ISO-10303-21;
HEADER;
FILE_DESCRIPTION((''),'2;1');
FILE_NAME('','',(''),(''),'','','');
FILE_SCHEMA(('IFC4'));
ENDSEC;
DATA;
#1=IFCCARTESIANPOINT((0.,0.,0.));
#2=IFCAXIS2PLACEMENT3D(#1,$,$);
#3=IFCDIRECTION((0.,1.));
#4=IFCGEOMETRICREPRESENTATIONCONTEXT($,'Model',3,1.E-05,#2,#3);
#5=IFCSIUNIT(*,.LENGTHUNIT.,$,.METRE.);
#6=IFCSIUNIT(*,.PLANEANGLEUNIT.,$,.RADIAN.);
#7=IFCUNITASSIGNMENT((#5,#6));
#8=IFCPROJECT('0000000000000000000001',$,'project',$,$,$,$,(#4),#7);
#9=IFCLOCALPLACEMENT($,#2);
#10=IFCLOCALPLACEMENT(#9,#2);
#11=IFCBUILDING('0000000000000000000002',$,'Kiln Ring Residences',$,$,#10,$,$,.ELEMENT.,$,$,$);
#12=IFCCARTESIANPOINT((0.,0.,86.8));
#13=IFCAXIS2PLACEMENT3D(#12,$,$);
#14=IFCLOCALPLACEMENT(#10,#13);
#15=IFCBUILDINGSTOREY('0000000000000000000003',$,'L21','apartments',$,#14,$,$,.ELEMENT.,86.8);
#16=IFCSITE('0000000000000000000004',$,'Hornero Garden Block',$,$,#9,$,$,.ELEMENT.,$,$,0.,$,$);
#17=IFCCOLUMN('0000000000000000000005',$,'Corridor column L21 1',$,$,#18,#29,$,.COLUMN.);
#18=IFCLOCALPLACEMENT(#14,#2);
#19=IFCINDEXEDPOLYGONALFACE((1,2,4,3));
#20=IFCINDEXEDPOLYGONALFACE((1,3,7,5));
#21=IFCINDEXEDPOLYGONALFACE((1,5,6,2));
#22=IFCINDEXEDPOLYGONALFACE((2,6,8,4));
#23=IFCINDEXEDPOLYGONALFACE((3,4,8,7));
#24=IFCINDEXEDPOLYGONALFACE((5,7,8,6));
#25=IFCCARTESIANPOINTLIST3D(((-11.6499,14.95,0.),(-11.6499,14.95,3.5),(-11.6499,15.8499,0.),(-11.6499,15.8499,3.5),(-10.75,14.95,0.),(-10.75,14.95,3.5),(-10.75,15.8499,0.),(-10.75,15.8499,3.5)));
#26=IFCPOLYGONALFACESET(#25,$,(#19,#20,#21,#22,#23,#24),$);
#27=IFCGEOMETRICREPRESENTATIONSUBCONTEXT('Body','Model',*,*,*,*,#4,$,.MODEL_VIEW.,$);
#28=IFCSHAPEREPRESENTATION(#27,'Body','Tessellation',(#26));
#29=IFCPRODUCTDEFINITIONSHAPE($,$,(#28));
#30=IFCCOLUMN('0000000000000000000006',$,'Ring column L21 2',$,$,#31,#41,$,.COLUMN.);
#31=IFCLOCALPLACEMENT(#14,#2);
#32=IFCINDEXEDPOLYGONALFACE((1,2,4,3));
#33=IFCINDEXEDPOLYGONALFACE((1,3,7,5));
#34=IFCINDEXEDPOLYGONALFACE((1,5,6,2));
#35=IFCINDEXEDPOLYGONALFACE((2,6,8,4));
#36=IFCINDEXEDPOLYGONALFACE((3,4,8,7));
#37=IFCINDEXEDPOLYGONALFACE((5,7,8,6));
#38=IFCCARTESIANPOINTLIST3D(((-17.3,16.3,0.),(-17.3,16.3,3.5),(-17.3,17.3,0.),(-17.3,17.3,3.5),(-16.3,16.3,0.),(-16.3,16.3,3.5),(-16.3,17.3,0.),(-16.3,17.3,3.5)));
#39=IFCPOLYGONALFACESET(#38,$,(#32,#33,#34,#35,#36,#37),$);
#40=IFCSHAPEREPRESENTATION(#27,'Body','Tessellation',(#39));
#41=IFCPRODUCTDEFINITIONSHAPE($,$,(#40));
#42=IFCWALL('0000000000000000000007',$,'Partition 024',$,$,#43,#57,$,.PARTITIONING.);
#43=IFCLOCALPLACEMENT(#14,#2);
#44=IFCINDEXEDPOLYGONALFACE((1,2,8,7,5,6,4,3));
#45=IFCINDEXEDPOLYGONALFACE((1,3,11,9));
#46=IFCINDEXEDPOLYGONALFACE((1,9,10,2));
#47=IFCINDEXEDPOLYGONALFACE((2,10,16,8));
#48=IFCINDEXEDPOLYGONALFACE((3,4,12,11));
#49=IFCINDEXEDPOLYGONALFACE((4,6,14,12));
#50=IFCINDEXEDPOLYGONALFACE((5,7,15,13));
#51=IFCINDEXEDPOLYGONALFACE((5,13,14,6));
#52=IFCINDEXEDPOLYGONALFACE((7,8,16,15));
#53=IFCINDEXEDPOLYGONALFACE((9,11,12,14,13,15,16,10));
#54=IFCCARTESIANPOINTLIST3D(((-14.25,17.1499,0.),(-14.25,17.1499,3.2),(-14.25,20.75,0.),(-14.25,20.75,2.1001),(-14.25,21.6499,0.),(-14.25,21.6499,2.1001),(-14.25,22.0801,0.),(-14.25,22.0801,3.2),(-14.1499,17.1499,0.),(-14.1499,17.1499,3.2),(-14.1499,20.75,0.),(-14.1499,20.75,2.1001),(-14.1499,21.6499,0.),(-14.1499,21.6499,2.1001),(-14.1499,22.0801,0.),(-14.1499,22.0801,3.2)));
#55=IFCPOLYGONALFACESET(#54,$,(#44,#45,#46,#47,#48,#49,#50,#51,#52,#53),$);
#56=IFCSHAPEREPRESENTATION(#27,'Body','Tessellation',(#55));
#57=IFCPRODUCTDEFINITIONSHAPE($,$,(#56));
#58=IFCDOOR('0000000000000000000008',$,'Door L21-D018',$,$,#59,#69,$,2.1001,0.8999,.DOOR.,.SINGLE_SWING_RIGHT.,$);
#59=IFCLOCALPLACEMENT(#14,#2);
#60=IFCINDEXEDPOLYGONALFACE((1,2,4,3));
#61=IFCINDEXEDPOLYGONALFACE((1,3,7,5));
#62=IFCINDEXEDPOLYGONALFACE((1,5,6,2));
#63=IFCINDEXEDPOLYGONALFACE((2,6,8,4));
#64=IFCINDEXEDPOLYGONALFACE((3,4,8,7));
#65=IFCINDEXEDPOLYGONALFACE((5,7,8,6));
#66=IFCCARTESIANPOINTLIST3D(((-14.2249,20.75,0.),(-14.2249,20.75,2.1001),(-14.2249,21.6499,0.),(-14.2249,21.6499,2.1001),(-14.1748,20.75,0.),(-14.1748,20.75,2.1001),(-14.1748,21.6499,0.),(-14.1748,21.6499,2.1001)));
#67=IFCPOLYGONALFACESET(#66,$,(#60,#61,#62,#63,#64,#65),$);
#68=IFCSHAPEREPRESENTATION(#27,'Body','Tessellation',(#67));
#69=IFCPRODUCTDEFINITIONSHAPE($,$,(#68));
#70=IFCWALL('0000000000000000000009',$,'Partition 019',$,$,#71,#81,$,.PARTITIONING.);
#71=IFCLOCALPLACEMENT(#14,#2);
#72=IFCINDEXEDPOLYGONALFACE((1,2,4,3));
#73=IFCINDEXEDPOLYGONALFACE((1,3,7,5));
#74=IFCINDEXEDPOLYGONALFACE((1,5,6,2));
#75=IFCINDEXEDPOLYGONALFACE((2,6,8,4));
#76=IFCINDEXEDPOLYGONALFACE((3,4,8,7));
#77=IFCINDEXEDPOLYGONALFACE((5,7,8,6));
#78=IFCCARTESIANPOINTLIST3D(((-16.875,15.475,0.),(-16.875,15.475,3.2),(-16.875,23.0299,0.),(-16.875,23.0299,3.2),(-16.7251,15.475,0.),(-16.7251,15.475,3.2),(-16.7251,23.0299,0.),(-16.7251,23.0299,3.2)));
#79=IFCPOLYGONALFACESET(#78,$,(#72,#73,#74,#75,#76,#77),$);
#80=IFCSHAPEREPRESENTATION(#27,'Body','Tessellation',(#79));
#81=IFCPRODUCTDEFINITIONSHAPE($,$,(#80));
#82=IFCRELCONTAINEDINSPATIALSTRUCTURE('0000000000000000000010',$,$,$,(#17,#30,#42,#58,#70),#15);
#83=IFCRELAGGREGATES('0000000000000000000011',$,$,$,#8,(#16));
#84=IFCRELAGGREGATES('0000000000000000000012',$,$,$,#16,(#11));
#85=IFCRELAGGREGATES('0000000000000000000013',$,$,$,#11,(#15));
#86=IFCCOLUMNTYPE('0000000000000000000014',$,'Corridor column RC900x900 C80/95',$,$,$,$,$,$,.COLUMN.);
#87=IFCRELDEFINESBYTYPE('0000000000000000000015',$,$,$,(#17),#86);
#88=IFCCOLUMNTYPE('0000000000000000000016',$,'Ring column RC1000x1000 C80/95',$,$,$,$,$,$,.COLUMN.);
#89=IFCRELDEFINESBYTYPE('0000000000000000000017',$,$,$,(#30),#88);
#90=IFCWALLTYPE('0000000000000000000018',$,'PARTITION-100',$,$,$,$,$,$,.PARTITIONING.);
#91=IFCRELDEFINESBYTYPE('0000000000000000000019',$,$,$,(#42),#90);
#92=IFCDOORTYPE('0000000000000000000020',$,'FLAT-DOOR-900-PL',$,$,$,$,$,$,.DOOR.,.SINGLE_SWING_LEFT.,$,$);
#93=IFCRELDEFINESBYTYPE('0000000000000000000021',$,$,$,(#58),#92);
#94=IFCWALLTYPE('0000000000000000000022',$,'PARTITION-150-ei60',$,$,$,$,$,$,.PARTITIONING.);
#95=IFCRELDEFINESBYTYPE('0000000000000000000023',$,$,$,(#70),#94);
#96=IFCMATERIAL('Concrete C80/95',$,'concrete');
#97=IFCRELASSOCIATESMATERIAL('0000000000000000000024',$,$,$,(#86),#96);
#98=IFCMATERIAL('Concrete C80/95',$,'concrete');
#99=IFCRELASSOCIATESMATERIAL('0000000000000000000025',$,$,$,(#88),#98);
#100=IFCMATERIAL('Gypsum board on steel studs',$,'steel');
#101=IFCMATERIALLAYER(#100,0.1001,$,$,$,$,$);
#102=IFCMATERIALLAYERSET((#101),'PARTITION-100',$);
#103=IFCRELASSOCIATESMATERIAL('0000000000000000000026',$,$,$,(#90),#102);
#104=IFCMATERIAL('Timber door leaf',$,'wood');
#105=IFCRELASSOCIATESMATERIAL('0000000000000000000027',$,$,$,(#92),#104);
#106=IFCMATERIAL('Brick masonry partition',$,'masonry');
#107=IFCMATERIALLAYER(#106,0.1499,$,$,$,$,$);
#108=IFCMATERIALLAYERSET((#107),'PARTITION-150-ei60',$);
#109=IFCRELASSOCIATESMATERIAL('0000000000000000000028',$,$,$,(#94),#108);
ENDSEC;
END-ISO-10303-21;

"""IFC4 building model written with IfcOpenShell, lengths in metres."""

from ifc_helpers import new_model, si_unit, direction, frame, frame_2d, origin, origin_2d, place, context, subcontext, project, spatial, rectangle, extrude, material, layer, layer_set, material_profile, profile_set, type_object, element, fill, save


model = new_model("IFC4")

# Units and contexts
model_context = context("Model", 3, precision=1e-05, world=origin(), true_north=direction((0.0, 1.0)))
body_context = subcontext(model_context, "Body", "Model", "MODEL_VIEW")
ifc_project = project(units=[si_unit("LENGTHUNIT", "METRE"), si_unit("PLANEANGLEUNIT", "RADIAN")], contexts=[model_context])

# Site, building, storey
site_placement = place(None, origin())
site = spatial("IfcSite", under=ifc_project, at=site_placement, Name="Hornero Garden Block", CompositionType="ELEMENT", RefElevation=0.0)
building_placement = place(site_placement, origin())
building = spatial("IfcBuilding", under=site, at=building_placement, Name="Kiln Ring Residences", CompositionType="ELEMENT")
storey_placement = place(building_placement, frame((0.0, 0.0, 86.8)))
storey = spatial("IfcBuildingStorey", under=building, at=storey_placement, Name="L21", Description="apartments", CompositionType="ELEMENT", Elevation=86.8)

# Columns
ifc_material_1 = material(Name="Concrete C80/95", Category="concrete")
ifc_material_profile_1 = material_profile(ifc_material_1, rectangle(XDim=0.8999, YDim=0.8999, at=origin_2d()), Name="RC900x900")
ifc_profile_set_1 = profile_set([ifc_material_profile_1], Name="Concrete C80/95")
column_type_1 = type_object("IfcColumnType", Name="Corridor column RC900x900 C80/95", PredefinedType="COLUMN", material=ifc_profile_set_1)
column_1_placement = place(storey_placement, frame((-11.2, 15.3999, 0.0), z_axis=(0.0, 0.0, 1.0), x_axis=(1.0, 0.0, 0.0)))
element("IfcColumn", 1, at=column_1_placement, inside=storey, type_object=column_type_1, Name="Corridor column L21 1", PredefinedType="COLUMN", context=body_context, shape_type="SweptSolid", body=[
    extrude(rectangle(XDim=0.8999, YDim=0.8999, at=origin_2d()), origin(), (0.0, 0.0, 1.0), 3.5),
])
ifc_material_2 = material(Name="Concrete C80/95", Category="concrete")
ifc_material_profile_2 = material_profile(ifc_material_2, rectangle(XDim=1.0, YDim=1.0, at=origin_2d()), Name="RC1000x1000")
ifc_profile_set_2 = profile_set([ifc_material_profile_2], Name="Concrete C80/95")
column_type_2 = type_object("IfcColumnType", Name="Ring column RC1000x1000 C80/95", PredefinedType="COLUMN", material=ifc_profile_set_2)
column_2_placement = place(storey_placement, frame((-16.8, 16.8, 0.0), z_axis=(0.0, 0.0, 1.0), x_axis=(1.0, 0.0, 0.0)))
element("IfcColumn", 2, at=column_2_placement, inside=storey, type_object=column_type_2, Name="Ring column L21 2", PredefinedType="COLUMN", context=body_context, shape_type="SweptSolid", body=[
    extrude(rectangle(XDim=1.0, YDim=1.0, at=origin_2d()), origin(), (0.0, 0.0, 1.0), 3.5),
])

# Shared definitions
ifc_material_3 = material(Name="Gypsum board on steel studs", Category="steel")
ifc_layer_1 = layer(ifc_material_3, 0.1001)
ifc_layer_set_1 = layer_set([ifc_layer_1], Name="PARTITION-100")
wall_type_1 = type_object("IfcWallType", Name="PARTITION-100", PredefinedType="PARTITIONING", material=ifc_layer_set_1)
ifc_material_4 = material(Name="Timber door leaf", Category="wood")
door_type_1 = type_object("IfcDoorType", Name="FLAT-DOOR-900-PL", OperationType="SINGLE_SWING_LEFT", PredefinedType="DOOR", material=ifc_material_4)

# Wall, opening, door
wall_1_placement = place(storey_placement, frame((-14.2, 17.1499, 0.0), z_axis=(0.0, 0.0, 1.0), x_axis=(0.0, 1.0, 0.0)))
wall_1 = element("IfcWall", 3, at=wall_1_placement, inside=storey, type_object=wall_type_1, Name="Partition 024", PredefinedType="PARTITIONING", context=body_context, shape_type="SweptSolid", body=[
    extrude(rectangle(XDim=4.9302, YDim=0.1001, at=frame_2d((2.4651, 0.0))), origin(), (0.0, 0.0, 1.0), 3.2),
])
opening_1_placement = place(wall_1_placement, frame((3.6001, 0.0, 0.0)))
opening_1 = element("IfcOpeningElement", 4, at=opening_1_placement, cuts=wall_1, PredefinedType="OPENING", context=body_context, shape_type="SweptSolid", body=[
    extrude(rectangle(XDim=0.8999, YDim=2.1001, at=frame_2d((0.45, 1.05))), frame((0.0, 0.0601, 0.0), z_axis=(0.0, -1.0, 0.0), x_axis=(1.0, 0.0, 0.0)), (0.0, 0.0, 1.0), 0.1201),
])
door_1_placement = place(opening_1_placement, origin())
door_1 = element("IfcDoor", 5, at=door_1_placement, inside=storey, type_object=door_type_1, Name="Door L21-D018", OperationType="SINGLE_SWING_RIGHT", OverallHeight=2.1001, OverallWidth=0.8999, PredefinedType="DOOR", context=body_context, shape_type="SweptSolid", body=[
    extrude(rectangle(XDim=0.8999, YDim=2.1001, at=frame_2d((0.45, 1.05))), frame((0.0, 0.0249, 0.0), z_axis=(0.0, -1.0, 0.0), x_axis=(1.0, 0.0, 0.0)), (0.0, 0.0, 1.0), 0.05),
])
fill(opening_1, door_1)

# Wall
ifc_material_5 = material(Name="Brick masonry partition", Category="masonry")
ifc_layer_2 = layer(ifc_material_5, 0.1499)
ifc_layer_set_2 = layer_set([ifc_layer_2], Name="PARTITION-150-ei60")
wall_type_2 = type_object("IfcWallType", Name="PARTITION-150-ei60", PredefinedType="PARTITIONING", material=ifc_layer_set_2)
wall_2_placement = place(storey_placement, frame((-16.8, 15.4751, 0.0), z_axis=(0.0, 0.0, 1.0), x_axis=(0.0, 1.0, 0.0)))
element("IfcWall", 6, at=wall_2_placement, inside=storey, type_object=wall_type_2, Name="Partition 019", PredefinedType="PARTITIONING", context=body_context, shape_type="SweptSolid", body=[
    extrude(rectangle(XDim=7.5549, YDim=0.1499, at=frame_2d((3.7773, 0.0))), origin(), (0.0, 0.0, 1.0), 3.2),
])

save(model, "model.ifc")
